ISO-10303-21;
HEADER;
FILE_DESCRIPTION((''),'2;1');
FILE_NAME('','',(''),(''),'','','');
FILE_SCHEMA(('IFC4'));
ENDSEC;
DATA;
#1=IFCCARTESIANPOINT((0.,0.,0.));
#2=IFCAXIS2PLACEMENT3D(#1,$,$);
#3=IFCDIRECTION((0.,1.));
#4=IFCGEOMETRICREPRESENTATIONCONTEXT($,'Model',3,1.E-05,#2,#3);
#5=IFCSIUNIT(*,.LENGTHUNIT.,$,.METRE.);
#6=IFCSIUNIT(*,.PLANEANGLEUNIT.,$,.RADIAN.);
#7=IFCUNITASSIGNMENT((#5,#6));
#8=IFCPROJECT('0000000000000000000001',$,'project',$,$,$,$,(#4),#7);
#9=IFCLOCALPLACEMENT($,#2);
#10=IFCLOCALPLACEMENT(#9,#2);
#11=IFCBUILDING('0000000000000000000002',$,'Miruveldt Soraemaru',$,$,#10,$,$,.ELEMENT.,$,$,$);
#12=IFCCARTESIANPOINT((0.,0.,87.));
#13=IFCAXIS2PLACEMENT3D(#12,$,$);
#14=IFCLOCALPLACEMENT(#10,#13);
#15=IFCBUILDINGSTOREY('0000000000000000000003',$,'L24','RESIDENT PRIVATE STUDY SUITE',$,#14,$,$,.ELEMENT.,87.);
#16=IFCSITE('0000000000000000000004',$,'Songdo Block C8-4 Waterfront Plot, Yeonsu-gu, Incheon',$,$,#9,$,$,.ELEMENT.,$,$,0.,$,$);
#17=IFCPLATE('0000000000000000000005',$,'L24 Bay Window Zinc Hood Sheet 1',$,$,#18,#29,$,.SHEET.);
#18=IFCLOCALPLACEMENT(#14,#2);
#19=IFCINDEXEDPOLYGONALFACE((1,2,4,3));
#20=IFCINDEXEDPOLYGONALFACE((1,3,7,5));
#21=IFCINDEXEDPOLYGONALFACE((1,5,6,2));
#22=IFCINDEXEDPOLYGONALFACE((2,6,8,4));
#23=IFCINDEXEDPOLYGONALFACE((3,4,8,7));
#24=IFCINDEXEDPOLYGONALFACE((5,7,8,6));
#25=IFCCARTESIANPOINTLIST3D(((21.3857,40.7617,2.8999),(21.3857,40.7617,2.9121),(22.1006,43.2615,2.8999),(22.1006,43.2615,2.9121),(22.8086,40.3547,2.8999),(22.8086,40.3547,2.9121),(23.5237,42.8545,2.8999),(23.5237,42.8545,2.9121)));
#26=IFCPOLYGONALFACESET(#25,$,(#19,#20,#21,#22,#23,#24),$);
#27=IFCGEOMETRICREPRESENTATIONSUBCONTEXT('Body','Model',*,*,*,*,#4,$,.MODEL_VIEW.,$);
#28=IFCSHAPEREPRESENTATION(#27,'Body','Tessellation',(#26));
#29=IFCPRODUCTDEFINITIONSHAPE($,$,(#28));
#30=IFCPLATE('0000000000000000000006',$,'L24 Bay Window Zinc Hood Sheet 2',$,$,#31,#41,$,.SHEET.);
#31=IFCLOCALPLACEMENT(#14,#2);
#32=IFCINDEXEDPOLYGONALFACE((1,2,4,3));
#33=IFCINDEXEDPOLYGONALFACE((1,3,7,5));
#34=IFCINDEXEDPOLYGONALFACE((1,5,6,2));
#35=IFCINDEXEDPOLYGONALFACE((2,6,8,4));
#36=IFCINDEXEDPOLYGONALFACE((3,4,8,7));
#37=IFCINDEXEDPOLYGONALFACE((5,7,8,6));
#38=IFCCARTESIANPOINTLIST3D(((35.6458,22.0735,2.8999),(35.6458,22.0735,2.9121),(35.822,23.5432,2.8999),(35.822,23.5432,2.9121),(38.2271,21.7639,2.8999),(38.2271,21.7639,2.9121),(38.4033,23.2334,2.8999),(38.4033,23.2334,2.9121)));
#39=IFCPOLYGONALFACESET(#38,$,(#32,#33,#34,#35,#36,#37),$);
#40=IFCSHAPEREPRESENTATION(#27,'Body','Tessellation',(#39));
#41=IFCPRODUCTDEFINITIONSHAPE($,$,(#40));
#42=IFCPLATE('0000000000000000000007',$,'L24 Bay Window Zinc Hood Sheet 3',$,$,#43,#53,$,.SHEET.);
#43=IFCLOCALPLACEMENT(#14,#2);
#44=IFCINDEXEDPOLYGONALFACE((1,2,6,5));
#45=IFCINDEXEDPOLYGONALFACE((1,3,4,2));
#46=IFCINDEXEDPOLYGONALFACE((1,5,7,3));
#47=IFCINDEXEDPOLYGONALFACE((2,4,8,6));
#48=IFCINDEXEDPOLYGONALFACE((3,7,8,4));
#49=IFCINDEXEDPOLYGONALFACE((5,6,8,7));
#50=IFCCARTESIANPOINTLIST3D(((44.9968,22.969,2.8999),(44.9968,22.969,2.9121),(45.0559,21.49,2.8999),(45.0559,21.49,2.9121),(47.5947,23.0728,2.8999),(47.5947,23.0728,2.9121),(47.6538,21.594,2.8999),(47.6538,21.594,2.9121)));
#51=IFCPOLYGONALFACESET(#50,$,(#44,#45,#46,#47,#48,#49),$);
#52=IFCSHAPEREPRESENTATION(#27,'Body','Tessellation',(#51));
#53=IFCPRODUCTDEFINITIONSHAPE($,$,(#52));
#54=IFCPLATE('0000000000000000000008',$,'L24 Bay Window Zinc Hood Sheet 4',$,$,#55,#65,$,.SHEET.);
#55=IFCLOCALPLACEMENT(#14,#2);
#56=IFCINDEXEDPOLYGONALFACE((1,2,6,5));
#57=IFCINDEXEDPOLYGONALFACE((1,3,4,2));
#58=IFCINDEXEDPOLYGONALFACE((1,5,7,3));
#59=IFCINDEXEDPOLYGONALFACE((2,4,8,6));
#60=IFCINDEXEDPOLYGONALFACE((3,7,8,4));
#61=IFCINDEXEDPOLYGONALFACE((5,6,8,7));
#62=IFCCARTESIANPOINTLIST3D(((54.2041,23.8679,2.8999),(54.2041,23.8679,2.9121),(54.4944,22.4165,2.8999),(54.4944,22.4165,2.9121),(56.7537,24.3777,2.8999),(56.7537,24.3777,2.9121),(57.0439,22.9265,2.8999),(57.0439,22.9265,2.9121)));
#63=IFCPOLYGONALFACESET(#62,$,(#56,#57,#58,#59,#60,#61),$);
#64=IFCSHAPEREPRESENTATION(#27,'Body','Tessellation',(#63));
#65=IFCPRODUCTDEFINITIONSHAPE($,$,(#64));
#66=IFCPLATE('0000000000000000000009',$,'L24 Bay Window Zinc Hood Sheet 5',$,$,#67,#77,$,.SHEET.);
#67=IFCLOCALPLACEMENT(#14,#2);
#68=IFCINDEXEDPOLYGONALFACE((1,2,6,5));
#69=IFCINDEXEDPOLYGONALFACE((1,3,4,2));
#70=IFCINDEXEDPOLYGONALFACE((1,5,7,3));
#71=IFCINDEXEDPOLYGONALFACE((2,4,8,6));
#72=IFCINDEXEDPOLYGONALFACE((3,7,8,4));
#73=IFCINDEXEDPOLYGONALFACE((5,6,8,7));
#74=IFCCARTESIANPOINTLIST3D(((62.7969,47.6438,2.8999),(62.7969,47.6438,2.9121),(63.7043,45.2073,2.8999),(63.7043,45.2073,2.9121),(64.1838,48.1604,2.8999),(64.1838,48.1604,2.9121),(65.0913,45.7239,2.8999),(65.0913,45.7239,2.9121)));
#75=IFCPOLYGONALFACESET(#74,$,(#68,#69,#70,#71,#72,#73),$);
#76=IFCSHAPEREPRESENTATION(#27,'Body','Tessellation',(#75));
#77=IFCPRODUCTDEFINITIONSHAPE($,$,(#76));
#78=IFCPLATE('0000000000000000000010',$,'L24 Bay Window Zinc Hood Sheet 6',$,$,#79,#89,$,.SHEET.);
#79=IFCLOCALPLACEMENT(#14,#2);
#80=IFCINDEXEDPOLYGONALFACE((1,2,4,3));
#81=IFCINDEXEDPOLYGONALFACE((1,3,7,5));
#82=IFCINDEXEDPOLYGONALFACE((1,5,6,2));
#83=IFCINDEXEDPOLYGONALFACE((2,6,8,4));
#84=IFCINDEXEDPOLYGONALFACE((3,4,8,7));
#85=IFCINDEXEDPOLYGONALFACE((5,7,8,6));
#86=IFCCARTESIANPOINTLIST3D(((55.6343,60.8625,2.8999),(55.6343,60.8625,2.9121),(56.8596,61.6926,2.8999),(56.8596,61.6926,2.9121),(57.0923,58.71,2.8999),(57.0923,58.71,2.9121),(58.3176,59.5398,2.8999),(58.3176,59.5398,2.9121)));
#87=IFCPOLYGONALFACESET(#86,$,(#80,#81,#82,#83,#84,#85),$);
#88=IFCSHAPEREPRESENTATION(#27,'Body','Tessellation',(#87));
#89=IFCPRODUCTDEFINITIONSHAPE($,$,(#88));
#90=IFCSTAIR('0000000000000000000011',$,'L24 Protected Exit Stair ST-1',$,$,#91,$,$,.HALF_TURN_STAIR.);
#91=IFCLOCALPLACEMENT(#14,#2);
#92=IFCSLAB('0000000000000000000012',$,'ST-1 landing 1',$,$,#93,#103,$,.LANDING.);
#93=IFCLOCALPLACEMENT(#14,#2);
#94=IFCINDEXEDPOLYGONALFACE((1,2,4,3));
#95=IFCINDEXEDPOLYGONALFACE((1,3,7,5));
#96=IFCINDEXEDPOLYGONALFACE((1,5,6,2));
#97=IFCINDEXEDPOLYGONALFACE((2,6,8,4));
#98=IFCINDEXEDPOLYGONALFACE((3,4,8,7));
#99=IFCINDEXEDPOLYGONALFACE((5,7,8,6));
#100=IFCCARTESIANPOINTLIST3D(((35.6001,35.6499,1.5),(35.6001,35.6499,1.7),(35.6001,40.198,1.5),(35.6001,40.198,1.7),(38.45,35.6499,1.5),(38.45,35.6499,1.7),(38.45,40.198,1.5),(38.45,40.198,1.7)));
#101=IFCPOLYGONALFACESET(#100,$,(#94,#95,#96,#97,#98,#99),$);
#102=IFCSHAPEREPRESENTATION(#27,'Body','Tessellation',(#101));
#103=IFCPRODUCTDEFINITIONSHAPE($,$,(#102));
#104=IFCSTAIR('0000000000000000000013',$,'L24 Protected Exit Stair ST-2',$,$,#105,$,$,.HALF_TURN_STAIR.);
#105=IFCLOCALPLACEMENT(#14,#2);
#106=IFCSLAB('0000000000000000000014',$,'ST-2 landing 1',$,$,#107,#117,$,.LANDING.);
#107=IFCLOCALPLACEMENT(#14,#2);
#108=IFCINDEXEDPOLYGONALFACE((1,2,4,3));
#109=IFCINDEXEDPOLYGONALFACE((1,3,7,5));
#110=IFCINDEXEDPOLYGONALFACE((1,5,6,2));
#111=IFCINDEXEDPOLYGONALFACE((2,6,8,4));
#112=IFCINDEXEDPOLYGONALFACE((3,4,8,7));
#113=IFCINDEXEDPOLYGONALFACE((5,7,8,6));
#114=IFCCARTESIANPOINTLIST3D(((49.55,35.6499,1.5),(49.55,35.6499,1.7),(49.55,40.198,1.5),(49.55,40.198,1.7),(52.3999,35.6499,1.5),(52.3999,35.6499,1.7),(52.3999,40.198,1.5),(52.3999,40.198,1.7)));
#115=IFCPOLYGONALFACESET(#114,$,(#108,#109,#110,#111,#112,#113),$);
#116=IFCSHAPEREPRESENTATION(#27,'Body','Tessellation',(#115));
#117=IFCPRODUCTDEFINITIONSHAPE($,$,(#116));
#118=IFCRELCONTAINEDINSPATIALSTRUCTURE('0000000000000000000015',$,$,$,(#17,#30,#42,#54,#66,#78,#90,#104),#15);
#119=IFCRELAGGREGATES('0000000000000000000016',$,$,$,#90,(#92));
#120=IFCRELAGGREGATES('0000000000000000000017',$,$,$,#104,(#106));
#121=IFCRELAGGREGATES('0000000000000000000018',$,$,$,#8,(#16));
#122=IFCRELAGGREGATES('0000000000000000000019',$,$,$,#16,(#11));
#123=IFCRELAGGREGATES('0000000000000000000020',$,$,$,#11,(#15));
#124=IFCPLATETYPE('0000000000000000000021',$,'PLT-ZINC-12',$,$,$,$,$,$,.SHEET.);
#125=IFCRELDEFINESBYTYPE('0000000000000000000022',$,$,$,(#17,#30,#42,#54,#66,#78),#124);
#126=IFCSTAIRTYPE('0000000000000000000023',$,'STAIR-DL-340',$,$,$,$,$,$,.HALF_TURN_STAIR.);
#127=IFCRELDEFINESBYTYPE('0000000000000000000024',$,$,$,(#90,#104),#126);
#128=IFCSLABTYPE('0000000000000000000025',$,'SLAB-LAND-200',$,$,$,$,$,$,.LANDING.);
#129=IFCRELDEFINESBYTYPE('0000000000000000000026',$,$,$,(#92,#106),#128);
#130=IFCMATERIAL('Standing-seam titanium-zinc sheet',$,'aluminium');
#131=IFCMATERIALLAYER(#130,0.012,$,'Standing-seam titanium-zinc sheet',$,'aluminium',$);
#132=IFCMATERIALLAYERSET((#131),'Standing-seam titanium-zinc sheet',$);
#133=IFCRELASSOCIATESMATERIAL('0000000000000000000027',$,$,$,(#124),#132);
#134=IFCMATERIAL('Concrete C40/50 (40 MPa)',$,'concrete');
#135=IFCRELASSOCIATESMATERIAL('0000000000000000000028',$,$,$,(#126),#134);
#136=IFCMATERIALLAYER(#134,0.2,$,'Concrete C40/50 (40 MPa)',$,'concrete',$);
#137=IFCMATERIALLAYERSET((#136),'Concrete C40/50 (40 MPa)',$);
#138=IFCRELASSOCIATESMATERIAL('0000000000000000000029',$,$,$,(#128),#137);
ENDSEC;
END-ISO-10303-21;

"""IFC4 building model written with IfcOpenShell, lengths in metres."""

from ifc_helpers import new_model, si_unit, direction, frame, origin, place, context, subcontext, project, spatial, polyline, outline, extrude, material, layer, layer_set, type_object, element, aggregate, save


model = new_model("IFC4")

# Units and contexts
model_context = context("Model", 3, precision=1e-05, world=origin(), true_north=direction((0.0, 1.0)))
body_context = subcontext(model_context, "Body", "Model", "MODEL_VIEW")
ifc_project = project(units=[si_unit("LENGTHUNIT", "METRE"), si_unit("PLANEANGLEUNIT", "RADIAN")], contexts=[model_context])

# Site, building, storey
site_placement = place(None, origin())
site = spatial("IfcSite", under=ifc_project, at=site_placement, Name="Songdo Block C8-4 Waterfront Plot, Yeonsu-gu, Incheon", CompositionType="ELEMENT", RefElevation=0.0)
building_placement = place(site_placement, origin())
building = spatial("IfcBuilding", under=site, at=building_placement, Name="Miruveldt Soraemaru", CompositionType="ELEMENT")
storey_placement = place(building_placement, frame((0.0, 0.0, 87.0)))
storey = spatial("IfcBuildingStorey", under=building, at=storey_placement, Name="L24", Description="RESIDENT PRIVATE STUDY SUITE", CompositionType="ELEMENT", Elevation=87.0)

# Plates
ifc_material_1 = material(Name="Standing-seam titanium-zinc sheet", Category="aluminium")
ifc_layer_1 = layer(ifc_material_1, 0.012, Name="Standing-seam titanium-zinc sheet", Category="aluminium")
ifc_layer_set_1 = layer_set([ifc_layer_1], Name="Standing-seam titanium-zinc sheet")
plate_type = type_object("IfcPlateType", Name="PLT-ZINC-12", PredefinedType="SHEET", material=ifc_layer_set_1)
plate_1_placement = place(storey_placement, frame((0.0, 0.0, 2.8999)))
element("IfcPlate", 1, at=plate_1_placement, inside=storey, type_object=plate_type, Name="L24 Bay Window Zinc Hood Sheet 1", PredefinedType="SHEET", context=body_context, shape_type="SweptSolid", body=[
    extrude(outline(polyline([(23.5237, 42.8545), (22.8086, 40.3547), (21.3857, 40.7617), (22.1006, 43.2615), (23.5237, 42.8545)])), origin(), (0.0, 0.0, 1.0), 0.0122),
])
plate_2_placement = place(storey_placement, frame((0.0, 0.0, 2.8999)))
element("IfcPlate", 2, at=plate_2_placement, inside=storey, type_object=plate_type, Name="L24 Bay Window Zinc Hood Sheet 2", PredefinedType="SHEET", context=body_context, shape_type="SweptSolid", body=[
    extrude(outline(polyline([(35.822, 23.5432), (38.4033, 23.2334), (38.2271, 21.7639), (35.6458, 22.0735), (35.822, 23.5432)])), origin(), (0.0, 0.0, 1.0), 0.0122),
])
plate_3_placement = place(storey_placement, frame((0.0, 0.0, 2.8999)))
element("IfcPlate", 3, at=plate_3_placement, inside=storey, type_object=plate_type, Name="L24 Bay Window Zinc Hood Sheet 3", PredefinedType="SHEET", context=body_context, shape_type="SweptSolid", body=[
    extrude(outline(polyline([(44.9968, 22.969), (47.5947, 23.0728), (47.6538, 21.594), (45.0559, 21.49), (44.9968, 22.969)])), origin(), (0.0, 0.0, 1.0), 0.0122),
])
plate_4_placement = place(storey_placement, frame((0.0, 0.0, 2.8999)))
element("IfcPlate", 4, at=plate_4_placement, inside=storey, type_object=plate_type, Name="L24 Bay Window Zinc Hood Sheet 4", PredefinedType="SHEET", context=body_context, shape_type="SweptSolid", body=[
    extrude(outline(polyline([(54.2041, 23.8679), (56.7537, 24.3777), (57.0439, 22.9265), (54.4944, 22.4165), (54.2041, 23.8679)])), origin(), (0.0, 0.0, 1.0), 0.0122),
])
plate_5_placement = place(storey_placement, frame((0.0, 0.0, 2.8999)))
element("IfcPlate", 5, at=plate_5_placement, inside=storey, type_object=plate_type, Name="L24 Bay Window Zinc Hood Sheet 5", PredefinedType="SHEET", context=body_context, shape_type="SweptSolid", body=[
    extrude(outline(polyline([(63.7043, 45.2073), (62.7969, 47.6438), (64.1838, 48.1604), (65.0913, 45.7239), (63.7043, 45.2073)])), origin(), (0.0, 0.0, 1.0), 0.0122),
])
plate_6_placement = place(storey_placement, frame((0.0, 0.0, 2.8999)))
element("IfcPlate", 6, at=plate_6_placement, inside=storey, type_object=plate_type, Name="L24 Bay Window Zinc Hood Sheet 6", PredefinedType="SHEET", context=body_context, shape_type="SweptSolid", body=[
    extrude(outline(polyline([(57.0923, 58.71), (55.6343, 60.8625), (56.8596, 61.6926), (58.3176, 59.5398), (57.0923, 58.71)])), origin(), (0.0, 0.0, 1.0), 0.0122),
])

# Stairs, slabs
ifc_material_2 = material(Name="Concrete C40/50 (40 MPa)", Category="concrete")
stair_type = type_object("IfcStairType", Name="STAIR-DL-340", PredefinedType="HALF_TURN_STAIR", material=ifc_material_2)
stair_1_placement = place(storey_placement, origin())
stair_1 = element("IfcStair", 7, at=stair_1_placement, inside=storey, type_object=stair_type, Name="L24 Protected Exit Stair ST-1", PredefinedType="HALF_TURN_STAIR")
ifc_layer_2 = layer(ifc_material_2, 0.2, Name="Concrete C40/50 (40 MPa)", Category="concrete")
ifc_layer_set_2 = layer_set([ifc_layer_2], Name="Concrete C40/50 (40 MPa)")
slab_type_1 = type_object("IfcSlabType", Name="SLAB-LAND-200", PredefinedType="LANDING", material=ifc_layer_set_2)
slab_1_placement = place(storey_placement, frame((0.0, 0.0, 1.5)))
slab_1 = element("IfcSlab", 8, at=slab_1_placement, type_object=slab_type_1, Name="ST-1 landing 1", PredefinedType="LANDING", context=body_context, shape_type="SweptSolid", body=[
    extrude(outline(polyline([(35.6001, 40.198), (35.6001, 35.6499), (38.45, 35.6499), (38.45, 40.198), (35.6001, 40.198)])), origin(), (0.0, 0.0, 1.0), 0.2),
])
aggregate(stair_1, [slab_1])
stair_2_placement = place(storey_placement, origin())
stair_2 = element("IfcStair", 9, at=stair_2_placement, inside=storey, type_object=stair_type, Name="L24 Protected Exit Stair ST-2", PredefinedType="HALF_TURN_STAIR")
slab_2_placement = place(storey_placement, frame((0.0, 0.0, 1.5)))
slab_2 = element("IfcSlab", 10, at=slab_2_placement, type_object=slab_type_1, Name="ST-2 landing 1", PredefinedType="LANDING", context=body_context, shape_type="SweptSolid", body=[
    extrude(outline(polyline([(49.55, 40.198), (49.55, 35.6499), (52.3999, 35.6499), (52.3999, 40.198), (49.55, 40.198)])), origin(), (0.0, 0.0, 1.0), 0.2),
])
aggregate(stair_2, [slab_2])

save(model, "model.ifc")
